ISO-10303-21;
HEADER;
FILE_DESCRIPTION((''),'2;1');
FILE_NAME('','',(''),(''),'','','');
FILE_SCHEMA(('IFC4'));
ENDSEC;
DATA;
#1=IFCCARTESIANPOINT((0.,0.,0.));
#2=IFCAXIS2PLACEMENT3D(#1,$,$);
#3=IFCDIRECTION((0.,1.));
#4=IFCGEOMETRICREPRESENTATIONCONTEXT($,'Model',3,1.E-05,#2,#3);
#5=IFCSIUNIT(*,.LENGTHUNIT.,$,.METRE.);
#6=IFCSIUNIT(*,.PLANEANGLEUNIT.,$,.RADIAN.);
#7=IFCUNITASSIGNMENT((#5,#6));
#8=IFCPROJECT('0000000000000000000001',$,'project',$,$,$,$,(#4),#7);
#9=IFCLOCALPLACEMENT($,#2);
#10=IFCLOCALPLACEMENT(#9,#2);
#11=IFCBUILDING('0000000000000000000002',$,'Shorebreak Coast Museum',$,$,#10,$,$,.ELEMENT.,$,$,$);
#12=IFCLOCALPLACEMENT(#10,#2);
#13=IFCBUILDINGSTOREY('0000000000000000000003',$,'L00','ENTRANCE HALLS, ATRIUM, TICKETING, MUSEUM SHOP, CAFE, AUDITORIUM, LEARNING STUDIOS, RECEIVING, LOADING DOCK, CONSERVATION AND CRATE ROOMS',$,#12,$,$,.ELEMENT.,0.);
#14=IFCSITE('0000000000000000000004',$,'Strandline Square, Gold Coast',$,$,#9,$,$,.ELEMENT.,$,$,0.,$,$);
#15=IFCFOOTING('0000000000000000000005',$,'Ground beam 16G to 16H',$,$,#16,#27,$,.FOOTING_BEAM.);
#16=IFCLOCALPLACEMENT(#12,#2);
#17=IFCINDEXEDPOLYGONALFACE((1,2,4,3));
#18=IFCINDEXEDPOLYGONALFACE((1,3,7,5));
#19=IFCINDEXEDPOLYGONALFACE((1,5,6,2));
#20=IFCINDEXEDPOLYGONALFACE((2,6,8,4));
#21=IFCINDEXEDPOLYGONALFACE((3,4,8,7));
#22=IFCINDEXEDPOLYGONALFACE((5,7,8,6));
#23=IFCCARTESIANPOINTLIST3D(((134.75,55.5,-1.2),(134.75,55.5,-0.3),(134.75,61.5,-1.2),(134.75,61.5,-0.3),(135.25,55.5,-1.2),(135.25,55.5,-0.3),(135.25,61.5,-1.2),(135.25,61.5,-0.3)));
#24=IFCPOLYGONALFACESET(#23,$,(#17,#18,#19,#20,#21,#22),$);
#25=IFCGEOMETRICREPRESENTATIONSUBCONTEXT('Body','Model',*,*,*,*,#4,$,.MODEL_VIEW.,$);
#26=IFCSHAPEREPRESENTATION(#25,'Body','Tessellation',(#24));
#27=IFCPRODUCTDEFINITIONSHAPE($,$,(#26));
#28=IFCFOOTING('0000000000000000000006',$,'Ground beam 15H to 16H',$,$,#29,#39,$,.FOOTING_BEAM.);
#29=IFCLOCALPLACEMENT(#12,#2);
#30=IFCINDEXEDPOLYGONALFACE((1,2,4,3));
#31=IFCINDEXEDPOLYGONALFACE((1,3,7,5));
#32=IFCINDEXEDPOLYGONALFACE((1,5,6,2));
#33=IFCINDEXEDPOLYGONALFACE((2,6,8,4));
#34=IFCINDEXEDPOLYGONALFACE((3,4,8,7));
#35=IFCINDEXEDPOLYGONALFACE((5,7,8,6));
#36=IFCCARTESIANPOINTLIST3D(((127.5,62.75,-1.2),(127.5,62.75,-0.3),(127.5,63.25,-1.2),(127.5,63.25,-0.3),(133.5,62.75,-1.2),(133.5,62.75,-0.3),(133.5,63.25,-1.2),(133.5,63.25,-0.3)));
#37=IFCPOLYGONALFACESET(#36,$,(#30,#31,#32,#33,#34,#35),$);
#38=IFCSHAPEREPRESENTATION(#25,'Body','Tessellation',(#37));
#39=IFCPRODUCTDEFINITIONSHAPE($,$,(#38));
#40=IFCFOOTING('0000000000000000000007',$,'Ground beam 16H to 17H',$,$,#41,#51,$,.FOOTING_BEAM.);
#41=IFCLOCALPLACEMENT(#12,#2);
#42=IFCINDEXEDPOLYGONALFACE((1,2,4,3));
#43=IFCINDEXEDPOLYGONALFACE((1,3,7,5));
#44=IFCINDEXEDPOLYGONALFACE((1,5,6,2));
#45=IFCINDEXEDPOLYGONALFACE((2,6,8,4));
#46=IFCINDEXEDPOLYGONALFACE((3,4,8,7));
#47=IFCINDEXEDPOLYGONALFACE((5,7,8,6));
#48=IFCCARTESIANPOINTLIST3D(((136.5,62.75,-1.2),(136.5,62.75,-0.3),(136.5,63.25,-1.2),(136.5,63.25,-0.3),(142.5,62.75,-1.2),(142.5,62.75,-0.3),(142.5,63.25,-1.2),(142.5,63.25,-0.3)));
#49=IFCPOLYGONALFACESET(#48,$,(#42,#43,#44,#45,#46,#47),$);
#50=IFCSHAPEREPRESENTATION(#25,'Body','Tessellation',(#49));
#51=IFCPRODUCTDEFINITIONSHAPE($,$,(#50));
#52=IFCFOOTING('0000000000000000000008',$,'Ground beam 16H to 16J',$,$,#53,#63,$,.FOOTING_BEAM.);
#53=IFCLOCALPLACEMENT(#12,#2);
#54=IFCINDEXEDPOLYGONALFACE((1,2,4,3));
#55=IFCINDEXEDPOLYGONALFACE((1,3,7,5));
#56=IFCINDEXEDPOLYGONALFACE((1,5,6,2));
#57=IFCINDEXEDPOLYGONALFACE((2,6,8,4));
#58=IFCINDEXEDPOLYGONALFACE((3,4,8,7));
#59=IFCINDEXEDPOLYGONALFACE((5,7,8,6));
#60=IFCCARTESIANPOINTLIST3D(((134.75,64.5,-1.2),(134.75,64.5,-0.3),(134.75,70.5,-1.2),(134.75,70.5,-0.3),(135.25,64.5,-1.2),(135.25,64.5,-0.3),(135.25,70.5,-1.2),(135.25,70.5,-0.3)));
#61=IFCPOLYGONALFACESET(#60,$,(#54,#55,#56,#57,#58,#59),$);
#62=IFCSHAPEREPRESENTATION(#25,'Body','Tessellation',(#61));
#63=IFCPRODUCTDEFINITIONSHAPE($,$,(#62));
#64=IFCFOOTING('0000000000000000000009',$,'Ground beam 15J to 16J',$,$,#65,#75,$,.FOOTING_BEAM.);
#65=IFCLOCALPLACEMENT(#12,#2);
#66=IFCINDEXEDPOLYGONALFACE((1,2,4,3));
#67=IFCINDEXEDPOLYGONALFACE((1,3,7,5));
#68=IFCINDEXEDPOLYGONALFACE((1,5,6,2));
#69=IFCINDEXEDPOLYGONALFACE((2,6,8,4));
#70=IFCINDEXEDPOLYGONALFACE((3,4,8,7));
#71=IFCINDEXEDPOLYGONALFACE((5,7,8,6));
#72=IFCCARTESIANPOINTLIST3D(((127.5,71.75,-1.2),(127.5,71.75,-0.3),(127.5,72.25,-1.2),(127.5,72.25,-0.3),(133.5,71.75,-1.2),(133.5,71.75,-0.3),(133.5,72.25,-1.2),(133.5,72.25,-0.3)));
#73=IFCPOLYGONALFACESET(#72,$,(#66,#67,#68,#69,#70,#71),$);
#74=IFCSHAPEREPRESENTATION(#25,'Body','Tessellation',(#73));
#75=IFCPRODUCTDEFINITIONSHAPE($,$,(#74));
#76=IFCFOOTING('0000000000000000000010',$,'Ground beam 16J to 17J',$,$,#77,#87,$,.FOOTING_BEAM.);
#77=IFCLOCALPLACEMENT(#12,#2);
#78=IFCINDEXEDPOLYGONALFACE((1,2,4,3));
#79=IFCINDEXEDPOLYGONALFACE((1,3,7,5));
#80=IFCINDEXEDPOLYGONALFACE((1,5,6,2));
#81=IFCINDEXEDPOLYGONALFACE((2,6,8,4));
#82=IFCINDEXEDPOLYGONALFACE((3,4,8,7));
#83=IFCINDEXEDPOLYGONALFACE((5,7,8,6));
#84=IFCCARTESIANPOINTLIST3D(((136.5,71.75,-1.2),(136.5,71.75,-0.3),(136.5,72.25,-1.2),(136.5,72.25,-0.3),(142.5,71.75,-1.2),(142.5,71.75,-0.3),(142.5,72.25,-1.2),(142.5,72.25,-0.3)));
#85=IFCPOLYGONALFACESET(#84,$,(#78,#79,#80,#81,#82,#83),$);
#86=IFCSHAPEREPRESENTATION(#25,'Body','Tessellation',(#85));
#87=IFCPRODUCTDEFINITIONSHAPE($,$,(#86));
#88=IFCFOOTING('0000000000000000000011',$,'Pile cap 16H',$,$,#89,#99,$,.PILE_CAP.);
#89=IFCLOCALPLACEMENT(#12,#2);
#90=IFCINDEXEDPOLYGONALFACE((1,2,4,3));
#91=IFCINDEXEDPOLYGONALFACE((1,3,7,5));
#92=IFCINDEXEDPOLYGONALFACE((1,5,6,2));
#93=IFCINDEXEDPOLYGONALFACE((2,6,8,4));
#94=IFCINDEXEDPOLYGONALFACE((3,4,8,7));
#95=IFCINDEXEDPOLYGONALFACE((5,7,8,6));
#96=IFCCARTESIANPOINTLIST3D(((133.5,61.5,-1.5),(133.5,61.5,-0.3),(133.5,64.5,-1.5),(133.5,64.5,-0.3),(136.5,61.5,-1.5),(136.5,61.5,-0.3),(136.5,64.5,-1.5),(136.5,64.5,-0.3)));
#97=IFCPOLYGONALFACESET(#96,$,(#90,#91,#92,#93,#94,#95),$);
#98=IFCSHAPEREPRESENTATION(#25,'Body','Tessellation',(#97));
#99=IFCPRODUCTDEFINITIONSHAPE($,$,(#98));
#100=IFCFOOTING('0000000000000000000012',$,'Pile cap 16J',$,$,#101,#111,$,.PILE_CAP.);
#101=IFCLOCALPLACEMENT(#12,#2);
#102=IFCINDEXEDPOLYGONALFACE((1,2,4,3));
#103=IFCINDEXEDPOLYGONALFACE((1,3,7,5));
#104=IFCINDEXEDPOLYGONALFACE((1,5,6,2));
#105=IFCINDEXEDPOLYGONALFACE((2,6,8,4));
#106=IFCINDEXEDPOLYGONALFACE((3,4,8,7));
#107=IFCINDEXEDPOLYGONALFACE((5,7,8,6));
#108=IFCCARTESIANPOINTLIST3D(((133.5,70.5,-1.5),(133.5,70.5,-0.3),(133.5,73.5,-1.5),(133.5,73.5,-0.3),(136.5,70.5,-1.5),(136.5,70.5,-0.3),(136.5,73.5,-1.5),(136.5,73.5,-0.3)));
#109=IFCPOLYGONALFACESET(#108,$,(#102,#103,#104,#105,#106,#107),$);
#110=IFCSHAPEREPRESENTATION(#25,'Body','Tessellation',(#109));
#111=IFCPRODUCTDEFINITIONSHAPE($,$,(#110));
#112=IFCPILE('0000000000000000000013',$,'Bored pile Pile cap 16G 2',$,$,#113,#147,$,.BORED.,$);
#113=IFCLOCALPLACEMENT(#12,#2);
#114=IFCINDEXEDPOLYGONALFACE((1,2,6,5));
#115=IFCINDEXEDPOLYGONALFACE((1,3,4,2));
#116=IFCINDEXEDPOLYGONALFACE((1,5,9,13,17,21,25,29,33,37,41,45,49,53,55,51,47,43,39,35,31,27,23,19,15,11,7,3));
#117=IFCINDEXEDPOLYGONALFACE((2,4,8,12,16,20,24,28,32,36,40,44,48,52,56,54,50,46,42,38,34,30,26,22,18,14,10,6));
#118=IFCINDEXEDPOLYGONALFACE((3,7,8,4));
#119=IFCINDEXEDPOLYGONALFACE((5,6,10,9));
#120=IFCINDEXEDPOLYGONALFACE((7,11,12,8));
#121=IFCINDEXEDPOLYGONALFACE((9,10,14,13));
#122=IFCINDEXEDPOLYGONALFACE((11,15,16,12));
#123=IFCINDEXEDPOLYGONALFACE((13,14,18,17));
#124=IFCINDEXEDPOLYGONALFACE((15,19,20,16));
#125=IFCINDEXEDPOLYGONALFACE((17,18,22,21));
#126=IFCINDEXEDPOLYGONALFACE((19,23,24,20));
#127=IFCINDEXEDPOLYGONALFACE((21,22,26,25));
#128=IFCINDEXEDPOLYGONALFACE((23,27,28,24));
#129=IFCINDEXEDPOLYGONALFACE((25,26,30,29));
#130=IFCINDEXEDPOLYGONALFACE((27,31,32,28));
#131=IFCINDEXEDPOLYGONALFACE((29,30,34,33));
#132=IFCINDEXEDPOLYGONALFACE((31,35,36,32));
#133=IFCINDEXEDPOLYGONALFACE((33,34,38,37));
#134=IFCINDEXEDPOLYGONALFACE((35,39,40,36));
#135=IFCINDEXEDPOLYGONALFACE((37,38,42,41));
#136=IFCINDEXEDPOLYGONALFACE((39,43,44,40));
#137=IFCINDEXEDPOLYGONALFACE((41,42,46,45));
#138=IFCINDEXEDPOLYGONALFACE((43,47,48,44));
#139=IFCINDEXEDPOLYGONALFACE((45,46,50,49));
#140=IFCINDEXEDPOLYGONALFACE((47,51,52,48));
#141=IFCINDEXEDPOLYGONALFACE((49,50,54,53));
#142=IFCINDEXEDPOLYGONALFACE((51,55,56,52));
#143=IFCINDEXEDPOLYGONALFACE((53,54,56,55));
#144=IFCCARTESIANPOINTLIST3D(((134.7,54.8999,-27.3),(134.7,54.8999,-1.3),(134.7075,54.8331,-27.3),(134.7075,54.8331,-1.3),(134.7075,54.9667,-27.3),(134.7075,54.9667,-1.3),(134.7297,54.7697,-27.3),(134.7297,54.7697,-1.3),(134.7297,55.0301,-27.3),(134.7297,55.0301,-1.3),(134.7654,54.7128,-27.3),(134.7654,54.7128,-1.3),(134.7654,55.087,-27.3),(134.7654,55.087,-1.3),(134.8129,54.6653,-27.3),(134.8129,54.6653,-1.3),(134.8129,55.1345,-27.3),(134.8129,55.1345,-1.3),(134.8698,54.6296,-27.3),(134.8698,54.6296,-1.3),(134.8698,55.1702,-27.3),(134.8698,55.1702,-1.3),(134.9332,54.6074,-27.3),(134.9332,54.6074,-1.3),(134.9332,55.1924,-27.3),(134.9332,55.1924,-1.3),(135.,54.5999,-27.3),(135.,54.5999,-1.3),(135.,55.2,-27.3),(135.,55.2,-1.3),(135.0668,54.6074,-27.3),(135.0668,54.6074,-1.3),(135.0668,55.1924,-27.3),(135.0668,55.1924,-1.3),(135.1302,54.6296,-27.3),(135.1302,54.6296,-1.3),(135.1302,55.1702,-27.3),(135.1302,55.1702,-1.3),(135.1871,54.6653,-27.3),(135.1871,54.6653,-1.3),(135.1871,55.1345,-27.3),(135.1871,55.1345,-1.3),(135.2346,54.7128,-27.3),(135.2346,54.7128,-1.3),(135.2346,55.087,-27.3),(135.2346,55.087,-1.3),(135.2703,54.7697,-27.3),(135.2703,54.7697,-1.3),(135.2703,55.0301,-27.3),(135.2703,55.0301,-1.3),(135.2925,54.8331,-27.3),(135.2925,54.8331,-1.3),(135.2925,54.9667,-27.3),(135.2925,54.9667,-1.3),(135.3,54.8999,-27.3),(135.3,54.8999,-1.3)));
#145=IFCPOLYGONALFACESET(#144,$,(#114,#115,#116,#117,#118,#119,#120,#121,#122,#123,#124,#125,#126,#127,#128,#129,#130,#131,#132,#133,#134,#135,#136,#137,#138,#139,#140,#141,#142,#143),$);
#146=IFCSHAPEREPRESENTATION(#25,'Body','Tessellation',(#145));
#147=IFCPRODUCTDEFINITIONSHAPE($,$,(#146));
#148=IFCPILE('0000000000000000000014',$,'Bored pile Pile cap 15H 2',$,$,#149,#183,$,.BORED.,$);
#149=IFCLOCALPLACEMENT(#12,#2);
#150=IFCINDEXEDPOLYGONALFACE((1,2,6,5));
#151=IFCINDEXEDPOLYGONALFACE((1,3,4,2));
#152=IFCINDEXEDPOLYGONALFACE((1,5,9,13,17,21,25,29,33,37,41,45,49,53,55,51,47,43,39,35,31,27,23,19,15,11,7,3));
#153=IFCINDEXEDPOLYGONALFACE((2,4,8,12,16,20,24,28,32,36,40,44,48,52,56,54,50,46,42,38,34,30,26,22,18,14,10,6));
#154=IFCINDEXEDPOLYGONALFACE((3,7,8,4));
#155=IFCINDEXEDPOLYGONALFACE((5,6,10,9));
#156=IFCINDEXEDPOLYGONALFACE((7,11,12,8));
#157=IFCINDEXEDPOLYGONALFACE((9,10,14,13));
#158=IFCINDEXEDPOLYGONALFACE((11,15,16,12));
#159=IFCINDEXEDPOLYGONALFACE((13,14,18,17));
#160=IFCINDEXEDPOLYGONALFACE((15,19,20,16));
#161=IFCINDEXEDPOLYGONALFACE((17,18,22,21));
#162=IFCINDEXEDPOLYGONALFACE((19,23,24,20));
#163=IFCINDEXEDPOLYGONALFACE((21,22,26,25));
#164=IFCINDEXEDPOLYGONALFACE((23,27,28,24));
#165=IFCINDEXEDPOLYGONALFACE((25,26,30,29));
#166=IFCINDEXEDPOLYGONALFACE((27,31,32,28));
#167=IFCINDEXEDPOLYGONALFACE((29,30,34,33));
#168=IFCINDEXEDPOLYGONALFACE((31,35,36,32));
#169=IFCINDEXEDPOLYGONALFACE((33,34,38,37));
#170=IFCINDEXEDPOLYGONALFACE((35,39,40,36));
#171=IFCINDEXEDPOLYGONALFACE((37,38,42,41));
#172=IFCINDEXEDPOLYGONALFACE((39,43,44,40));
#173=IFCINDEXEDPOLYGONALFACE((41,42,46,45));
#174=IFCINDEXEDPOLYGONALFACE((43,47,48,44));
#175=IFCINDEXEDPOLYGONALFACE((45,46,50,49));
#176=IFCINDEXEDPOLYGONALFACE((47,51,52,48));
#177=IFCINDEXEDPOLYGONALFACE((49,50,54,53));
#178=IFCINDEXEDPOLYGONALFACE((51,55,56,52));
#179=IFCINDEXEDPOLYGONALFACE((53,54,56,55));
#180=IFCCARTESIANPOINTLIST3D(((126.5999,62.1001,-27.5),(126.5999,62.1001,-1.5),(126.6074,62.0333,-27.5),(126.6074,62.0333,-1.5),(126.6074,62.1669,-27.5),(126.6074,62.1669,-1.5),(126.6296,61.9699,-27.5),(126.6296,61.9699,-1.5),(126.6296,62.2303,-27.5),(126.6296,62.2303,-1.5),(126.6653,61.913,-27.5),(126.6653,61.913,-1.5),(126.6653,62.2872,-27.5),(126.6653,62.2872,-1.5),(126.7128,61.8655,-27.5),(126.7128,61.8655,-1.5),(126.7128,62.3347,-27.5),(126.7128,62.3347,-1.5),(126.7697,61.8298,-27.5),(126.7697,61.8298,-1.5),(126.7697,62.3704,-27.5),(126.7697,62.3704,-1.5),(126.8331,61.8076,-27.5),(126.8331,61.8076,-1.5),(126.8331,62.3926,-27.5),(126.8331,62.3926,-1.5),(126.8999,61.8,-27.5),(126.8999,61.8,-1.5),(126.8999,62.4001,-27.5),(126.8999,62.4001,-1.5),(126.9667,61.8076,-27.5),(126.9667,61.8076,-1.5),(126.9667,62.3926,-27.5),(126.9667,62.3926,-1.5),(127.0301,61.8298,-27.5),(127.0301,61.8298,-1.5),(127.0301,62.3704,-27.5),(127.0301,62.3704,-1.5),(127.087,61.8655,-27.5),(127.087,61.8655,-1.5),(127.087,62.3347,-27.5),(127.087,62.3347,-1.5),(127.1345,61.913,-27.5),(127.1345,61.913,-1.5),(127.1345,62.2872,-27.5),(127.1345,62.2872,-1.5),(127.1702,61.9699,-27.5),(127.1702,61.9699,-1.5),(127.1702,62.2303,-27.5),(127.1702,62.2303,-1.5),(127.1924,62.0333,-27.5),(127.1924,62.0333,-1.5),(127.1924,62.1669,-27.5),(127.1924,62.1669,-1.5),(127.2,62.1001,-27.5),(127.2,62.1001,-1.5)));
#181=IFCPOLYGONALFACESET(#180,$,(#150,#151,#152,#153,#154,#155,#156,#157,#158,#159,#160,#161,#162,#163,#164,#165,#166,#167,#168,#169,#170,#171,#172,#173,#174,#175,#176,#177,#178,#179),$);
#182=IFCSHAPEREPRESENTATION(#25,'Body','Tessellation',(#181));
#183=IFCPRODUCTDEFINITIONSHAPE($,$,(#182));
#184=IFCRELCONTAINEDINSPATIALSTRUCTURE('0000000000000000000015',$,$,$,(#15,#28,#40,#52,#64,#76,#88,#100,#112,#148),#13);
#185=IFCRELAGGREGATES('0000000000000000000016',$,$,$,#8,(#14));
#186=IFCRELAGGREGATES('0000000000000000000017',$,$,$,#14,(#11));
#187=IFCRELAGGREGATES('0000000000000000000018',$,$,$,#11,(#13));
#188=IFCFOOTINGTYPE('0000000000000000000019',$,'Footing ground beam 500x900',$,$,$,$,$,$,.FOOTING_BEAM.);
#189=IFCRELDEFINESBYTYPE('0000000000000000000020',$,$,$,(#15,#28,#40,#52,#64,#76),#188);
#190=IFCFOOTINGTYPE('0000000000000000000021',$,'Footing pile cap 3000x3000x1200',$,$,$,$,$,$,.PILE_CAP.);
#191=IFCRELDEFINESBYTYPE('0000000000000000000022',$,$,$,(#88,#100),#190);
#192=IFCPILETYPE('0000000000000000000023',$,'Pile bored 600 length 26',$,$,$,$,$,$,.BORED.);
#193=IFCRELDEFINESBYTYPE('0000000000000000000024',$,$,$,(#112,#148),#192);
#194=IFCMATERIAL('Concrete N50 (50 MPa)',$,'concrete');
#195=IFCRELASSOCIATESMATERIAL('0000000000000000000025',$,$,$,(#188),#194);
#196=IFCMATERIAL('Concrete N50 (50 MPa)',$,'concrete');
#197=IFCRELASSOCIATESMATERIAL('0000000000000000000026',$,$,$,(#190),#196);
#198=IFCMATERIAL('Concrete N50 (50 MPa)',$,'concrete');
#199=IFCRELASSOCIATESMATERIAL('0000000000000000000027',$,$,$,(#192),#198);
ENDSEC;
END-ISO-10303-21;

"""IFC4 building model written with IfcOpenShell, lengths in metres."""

from ifc_helpers import new_model, si_unit, direction, frame, origin, origin_2d, place, context, subcontext, project, spatial, rectangle, circle, extrude, material, material_profile, profile_set, type_object, element, save


model = new_model("IFC4")

# Units and contexts
model_context = context("Model", 3, precision=1e-05, world=origin(), true_north=direction((0.0, 1.0)))
body_context = subcontext(model_context, "Body", "Model", "MODEL_VIEW")
ifc_project = project(units=[si_unit("LENGTHUNIT", "METRE"), si_unit("PLANEANGLEUNIT", "RADIAN")], contexts=[model_context])

# Site, building, storey
site_placement = place(None, origin())
site = spatial("IfcSite", under=ifc_project, at=site_placement, Name="Strandline Square, Gold Coast", CompositionType="ELEMENT", RefElevation=0.0)
building_placement = place(site_placement, origin())
building = spatial("IfcBuilding", under=site, at=building_placement, Name="Shorebreak Coast Museum", CompositionType="ELEMENT")
storey_placement = place(building_placement, origin())
storey = spatial("IfcBuildingStorey", under=building, at=storey_placement, Name="L00", Description="ENTRANCE HALLS, ATRIUM, TICKETING, MUSEUM SHOP, CAFE, AUDITORIUM, LEARNING STUDIOS, RECEIVING, LOADING DOCK, CONSERVATION AND CRATE ROOMS", CompositionType="ELEMENT", Elevation=0.0)

# Footings
ifc_material_1 = material(Name="Concrete N50 (50 MPa)", Category="concrete")
footing_type_1 = type_object("IfcFootingType", Name="Footing ground beam 500x900", PredefinedType="FOOTING_BEAM", material=ifc_material_1)
footing_1_placement = place(storey_placement, frame((135.0, 58.5, -1.2), z_axis=(0.0, 0.0, 1.0), x_axis=(1.0, 0.0, 0.0)))
element("IfcFooting", 1, at=footing_1_placement, inside=storey, type_object=footing_type_1, Name="Ground beam 16G to 16H", PredefinedType="FOOTING_BEAM", context=body_context, shape_type="SweptSolid", body=[
    extrude(rectangle(XDim=0.5, YDim=6.0, at=origin_2d()), origin(), (0.0, 0.0, 1.0), 0.8999),
])
for number, where, z_axis, x_axis, name in (
    (2, (130.5, 63.0, -1.2), (0.0, 0.0, 1.0), (1.0, 0.0, 0.0), "Ground beam 15H to 16H"),
    (3, (139.5, 63.0, -1.2), (0.0, 0.0, 1.0), (1.0, 0.0, 0.0), "Ground beam 16H to 17H"),
):
    element("IfcFooting", number, at=place(storey_placement, frame(where, z_axis=z_axis, x_axis=x_axis)), inside=storey, type_object=footing_type_1, Name=name, PredefinedType="FOOTING_BEAM", context=body_context, shape_type="SweptSolid", body=[
        extrude(rectangle(XDim=6.0, YDim=0.5, at=origin_2d()), origin(), (0.0, 0.0, 1.0), 0.8999),
    ])
footing_2_placement = place(storey_placement, frame((135.0, 67.5, -1.2), z_axis=(0.0, 0.0, 1.0), x_axis=(1.0, 0.0, 0.0)))
element("IfcFooting", 4, at=footing_2_placement, inside=storey, type_object=footing_type_1, Name="Ground beam 16H to 16J", PredefinedType="FOOTING_BEAM", context=body_context, shape_type="SweptSolid", body=[
    extrude(rectangle(XDim=0.5, YDim=6.0, at=origin_2d()), origin(), (0.0, 0.0, 1.0), 0.8999),
])
for number, where, z_axis, x_axis, name in (
    (5, (130.5, 72.0, -1.2), (0.0, 0.0, 1.0), (1.0, 0.0, 0.0), "Ground beam 15J to 16J"),
    (6, (139.5, 72.0, -1.2), (0.0, 0.0, 1.0), (1.0, 0.0, 0.0), "Ground beam 16J to 17J"),
):
    element("IfcFooting", number, at=place(storey_placement, frame(where, z_axis=z_axis, x_axis=x_axis)), inside=storey, type_object=footing_type_1, Name=name, PredefinedType="FOOTING_BEAM", context=body_context, shape_type="SweptSolid", body=[
        extrude(rectangle(XDim=6.0, YDim=0.5, at=origin_2d()), origin(), (0.0, 0.0, 1.0), 0.8999),
    ])
ifc_material_2 = material(Name="Concrete N50 (50 MPa)", Category="concrete")
footing_type_2 = type_object("IfcFootingType", Name="Footing pile cap 3000x3000x1200", PredefinedType="PILE_CAP", material=ifc_material_2)
for number, where, z_axis, x_axis, name in (
    (7, (135.0, 63.0, -1.5), (0.0, 0.0, 1.0), (1.0, 0.0, 0.0), "Pile cap 16H"),
    (8, (135.0, 72.0, -1.5), (0.0, 0.0, 1.0), (1.0, 0.0, 0.0), "Pile cap 16J"),
):
    element("IfcFooting", number, at=place(storey_placement, frame(where, z_axis=z_axis, x_axis=x_axis)), inside=storey, type_object=footing_type_2, Name=name, PredefinedType="PILE_CAP", context=body_context, shape_type="SweptSolid", body=[
        extrude(rectangle(XDim=3.0, YDim=3.0, at=origin_2d()), origin(), (0.0, 0.0, 1.0), 1.2),
    ])

# Piles
ifc_material_3 = material(Name="Concrete N50 (50 MPa)", Category="concrete")
ifc_material_profile_1 = material_profile(ifc_material_3, circle(Radius=0.3, at=origin_2d()), Name="Pile bored 600 length 26")
ifc_profile_set_1 = profile_set([ifc_material_profile_1], Name="Concrete N50 (50 MPa)")
pile_type = type_object("IfcPileType", Name="Pile bored 600 length 26", PredefinedType="BORED", material=ifc_profile_set_1)
for number, where, z_axis, x_axis, name in (
    (9, (135.0, 54.8999, -1.3), (0.0, 0.0, -1.0), (1.0, 0.0, 0.0), "Bored pile Pile cap 16G 2"),
    (10, (126.8999, 62.1001, -1.5), (0.0, 0.0, -1.0), (1.0, 0.0, 0.0), "Bored pile Pile cap 15H 2"),
):
    element("IfcPile", number, at=place(storey_placement, frame(where, z_axis=z_axis, x_axis=x_axis)), inside=storey, type_object=pile_type, Name=name, PredefinedType="BORED", context=body_context, shape_type="SweptSolid", body=[
        extrude(circle(Radius=0.3, at=origin_2d()), origin(), (0.0, 0.0, 1.0), 26.0),
    ])

save(model, "model.ifc")
